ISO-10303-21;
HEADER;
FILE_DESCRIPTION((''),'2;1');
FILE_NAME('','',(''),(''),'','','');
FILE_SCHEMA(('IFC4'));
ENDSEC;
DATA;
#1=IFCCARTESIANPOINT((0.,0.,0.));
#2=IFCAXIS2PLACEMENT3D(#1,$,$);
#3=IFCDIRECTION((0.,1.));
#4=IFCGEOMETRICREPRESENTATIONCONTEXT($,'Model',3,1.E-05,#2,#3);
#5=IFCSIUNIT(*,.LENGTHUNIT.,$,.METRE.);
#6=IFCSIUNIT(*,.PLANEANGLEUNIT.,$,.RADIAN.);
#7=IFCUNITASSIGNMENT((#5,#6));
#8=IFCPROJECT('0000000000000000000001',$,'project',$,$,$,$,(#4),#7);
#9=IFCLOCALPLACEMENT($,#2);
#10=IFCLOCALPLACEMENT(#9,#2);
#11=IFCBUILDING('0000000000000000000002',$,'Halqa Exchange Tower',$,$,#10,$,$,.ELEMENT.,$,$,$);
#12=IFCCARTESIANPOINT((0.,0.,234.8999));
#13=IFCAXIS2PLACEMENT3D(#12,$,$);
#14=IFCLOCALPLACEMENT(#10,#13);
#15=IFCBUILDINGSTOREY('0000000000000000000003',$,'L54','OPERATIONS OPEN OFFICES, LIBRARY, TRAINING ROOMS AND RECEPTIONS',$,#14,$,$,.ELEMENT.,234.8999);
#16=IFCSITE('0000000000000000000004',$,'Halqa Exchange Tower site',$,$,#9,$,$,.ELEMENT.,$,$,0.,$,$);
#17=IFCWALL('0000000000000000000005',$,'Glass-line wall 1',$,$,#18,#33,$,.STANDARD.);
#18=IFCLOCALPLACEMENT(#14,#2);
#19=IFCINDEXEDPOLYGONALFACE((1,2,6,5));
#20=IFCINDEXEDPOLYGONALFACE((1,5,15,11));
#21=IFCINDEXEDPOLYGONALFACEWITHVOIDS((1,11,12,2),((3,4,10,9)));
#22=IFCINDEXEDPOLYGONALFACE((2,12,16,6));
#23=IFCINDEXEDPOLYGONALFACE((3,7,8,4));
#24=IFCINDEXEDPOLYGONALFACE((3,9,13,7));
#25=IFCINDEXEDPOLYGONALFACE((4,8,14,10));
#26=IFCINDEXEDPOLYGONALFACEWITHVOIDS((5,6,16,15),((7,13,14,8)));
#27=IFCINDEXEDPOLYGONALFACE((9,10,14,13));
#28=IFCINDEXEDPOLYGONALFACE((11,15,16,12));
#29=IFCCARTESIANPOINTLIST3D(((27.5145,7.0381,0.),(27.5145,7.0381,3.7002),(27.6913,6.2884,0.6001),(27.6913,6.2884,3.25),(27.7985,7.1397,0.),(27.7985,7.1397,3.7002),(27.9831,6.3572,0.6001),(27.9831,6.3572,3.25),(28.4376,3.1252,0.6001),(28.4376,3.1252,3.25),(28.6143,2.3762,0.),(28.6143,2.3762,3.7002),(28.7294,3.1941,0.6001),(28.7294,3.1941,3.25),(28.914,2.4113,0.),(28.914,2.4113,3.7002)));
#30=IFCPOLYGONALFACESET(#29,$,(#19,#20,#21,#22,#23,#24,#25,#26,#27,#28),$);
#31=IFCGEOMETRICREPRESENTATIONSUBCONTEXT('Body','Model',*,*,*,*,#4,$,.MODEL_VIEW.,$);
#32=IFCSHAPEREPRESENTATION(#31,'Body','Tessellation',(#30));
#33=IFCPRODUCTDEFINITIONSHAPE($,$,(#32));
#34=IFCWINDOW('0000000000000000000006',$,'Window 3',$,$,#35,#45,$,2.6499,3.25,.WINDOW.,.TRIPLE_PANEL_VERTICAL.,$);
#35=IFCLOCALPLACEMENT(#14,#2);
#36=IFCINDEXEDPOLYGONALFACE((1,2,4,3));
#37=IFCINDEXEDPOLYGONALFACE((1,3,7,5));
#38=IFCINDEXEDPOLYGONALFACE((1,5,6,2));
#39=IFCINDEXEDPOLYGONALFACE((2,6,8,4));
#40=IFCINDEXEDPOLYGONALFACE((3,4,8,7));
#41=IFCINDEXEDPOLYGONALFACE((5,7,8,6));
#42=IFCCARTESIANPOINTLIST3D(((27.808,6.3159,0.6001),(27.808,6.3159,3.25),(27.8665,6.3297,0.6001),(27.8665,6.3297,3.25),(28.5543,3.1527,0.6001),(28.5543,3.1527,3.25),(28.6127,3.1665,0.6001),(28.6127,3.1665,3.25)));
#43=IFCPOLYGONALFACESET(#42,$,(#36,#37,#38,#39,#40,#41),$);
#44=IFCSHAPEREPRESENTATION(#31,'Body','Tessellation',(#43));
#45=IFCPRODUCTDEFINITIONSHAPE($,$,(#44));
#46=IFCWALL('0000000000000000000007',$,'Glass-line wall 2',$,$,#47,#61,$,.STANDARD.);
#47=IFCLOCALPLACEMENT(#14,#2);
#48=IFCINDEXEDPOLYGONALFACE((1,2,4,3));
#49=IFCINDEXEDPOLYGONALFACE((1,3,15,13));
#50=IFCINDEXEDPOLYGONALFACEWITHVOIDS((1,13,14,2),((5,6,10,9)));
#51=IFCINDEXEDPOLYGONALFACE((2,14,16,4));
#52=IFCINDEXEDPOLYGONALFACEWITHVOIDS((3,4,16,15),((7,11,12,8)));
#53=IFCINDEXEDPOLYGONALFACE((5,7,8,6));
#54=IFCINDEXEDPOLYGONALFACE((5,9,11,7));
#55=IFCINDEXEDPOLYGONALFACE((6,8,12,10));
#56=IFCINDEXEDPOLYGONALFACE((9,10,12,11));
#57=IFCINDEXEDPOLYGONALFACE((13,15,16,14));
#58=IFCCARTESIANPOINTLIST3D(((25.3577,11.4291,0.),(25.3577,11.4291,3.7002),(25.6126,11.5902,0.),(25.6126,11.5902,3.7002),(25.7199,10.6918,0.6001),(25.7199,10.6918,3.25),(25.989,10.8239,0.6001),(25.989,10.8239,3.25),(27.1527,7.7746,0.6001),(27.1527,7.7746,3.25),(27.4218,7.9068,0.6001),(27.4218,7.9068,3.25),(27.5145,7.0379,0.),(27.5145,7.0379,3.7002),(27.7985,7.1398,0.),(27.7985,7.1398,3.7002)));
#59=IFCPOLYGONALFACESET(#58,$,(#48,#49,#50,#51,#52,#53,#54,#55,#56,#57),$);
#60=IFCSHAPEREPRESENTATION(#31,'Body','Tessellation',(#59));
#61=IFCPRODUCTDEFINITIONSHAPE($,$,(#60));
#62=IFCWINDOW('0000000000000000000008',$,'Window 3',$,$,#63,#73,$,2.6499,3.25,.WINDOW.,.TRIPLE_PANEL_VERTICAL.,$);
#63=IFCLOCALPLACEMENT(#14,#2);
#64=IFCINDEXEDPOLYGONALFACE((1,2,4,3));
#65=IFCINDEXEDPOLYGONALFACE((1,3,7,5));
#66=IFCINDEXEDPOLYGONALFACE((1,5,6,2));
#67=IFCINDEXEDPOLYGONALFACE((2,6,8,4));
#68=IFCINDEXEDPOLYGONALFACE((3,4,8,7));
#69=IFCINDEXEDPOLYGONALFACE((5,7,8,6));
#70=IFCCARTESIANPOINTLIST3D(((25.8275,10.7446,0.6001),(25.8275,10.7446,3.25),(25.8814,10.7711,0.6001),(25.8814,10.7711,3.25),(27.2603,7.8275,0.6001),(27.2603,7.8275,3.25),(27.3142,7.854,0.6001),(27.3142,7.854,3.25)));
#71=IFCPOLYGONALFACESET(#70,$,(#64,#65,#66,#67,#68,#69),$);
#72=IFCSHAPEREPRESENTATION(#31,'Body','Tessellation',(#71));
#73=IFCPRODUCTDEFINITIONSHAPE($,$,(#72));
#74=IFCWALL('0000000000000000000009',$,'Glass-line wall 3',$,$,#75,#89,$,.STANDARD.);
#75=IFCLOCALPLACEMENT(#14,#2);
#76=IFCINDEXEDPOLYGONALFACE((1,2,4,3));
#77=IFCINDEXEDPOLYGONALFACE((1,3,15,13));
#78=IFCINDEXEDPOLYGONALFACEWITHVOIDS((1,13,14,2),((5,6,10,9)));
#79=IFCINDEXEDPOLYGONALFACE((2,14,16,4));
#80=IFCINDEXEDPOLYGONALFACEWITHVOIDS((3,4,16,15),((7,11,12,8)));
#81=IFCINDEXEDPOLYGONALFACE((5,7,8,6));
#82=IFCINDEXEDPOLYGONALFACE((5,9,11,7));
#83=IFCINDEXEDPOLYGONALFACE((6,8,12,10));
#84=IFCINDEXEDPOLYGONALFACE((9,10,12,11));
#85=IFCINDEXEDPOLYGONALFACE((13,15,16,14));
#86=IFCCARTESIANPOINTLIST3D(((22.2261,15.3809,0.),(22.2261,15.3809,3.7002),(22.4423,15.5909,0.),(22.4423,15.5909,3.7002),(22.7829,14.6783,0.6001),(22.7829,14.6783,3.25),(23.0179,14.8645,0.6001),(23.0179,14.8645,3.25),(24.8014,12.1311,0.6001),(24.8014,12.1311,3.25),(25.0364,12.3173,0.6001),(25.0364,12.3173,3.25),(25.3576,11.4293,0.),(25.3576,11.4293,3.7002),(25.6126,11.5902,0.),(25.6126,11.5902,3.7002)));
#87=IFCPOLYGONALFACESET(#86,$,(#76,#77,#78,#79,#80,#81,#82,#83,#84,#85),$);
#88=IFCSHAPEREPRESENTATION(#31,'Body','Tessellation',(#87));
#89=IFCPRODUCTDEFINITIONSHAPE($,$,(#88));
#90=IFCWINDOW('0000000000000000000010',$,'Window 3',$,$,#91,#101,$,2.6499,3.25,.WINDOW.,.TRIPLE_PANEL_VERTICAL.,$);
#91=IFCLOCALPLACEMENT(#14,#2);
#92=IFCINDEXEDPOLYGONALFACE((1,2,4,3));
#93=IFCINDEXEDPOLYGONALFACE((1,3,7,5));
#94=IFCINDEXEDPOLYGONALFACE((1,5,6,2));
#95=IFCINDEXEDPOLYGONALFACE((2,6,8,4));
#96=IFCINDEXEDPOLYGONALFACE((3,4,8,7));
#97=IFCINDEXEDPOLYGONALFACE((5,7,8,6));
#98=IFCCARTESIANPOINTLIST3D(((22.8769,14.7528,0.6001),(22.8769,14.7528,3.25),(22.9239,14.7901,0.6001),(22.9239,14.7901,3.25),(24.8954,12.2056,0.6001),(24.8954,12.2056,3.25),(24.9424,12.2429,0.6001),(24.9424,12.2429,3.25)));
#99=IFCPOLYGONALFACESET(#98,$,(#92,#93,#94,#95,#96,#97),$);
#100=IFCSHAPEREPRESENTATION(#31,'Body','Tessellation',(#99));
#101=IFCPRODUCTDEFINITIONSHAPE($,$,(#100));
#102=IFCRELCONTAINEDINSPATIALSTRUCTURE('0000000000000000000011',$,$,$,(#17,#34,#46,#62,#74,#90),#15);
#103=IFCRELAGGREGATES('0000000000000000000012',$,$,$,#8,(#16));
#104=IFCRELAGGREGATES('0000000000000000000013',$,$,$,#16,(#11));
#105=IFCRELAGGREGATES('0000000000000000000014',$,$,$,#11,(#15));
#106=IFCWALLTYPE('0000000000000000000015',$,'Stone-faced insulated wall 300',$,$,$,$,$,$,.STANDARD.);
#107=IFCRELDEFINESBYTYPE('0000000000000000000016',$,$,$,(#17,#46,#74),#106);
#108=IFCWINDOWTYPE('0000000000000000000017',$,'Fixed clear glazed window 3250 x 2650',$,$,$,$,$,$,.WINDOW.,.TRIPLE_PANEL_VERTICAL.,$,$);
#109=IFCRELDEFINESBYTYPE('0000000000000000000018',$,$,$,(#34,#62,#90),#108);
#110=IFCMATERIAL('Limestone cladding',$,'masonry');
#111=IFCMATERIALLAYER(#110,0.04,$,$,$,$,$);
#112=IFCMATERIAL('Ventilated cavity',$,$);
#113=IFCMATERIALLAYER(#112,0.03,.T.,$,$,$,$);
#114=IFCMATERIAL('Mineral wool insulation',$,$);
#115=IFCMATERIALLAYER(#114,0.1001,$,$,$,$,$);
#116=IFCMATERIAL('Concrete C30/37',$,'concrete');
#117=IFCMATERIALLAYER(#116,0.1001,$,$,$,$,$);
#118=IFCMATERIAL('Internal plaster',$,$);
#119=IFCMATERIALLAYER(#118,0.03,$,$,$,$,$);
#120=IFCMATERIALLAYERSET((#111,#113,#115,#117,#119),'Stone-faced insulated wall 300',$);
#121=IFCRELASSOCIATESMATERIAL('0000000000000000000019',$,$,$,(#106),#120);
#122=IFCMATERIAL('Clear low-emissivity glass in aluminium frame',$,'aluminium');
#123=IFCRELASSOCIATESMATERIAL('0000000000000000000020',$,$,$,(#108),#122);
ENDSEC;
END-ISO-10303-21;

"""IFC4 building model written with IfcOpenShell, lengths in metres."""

from ifc_helpers import new_model, si_unit, direction, frame, frame_2d, origin, place, context, subcontext, project, spatial, polyline, rectangle, outline, extrude, material, layer, layer_set, type_object, element, fill, save


model = new_model("IFC4")

# Units and contexts
model_context = context("Model", 3, precision=1e-05, world=origin(), true_north=direction((0.0, 1.0)))
body_context = subcontext(model_context, "Body", "Model", "MODEL_VIEW")
ifc_project = project(units=[si_unit("LENGTHUNIT", "METRE"), si_unit("PLANEANGLEUNIT", "RADIAN")], contexts=[model_context])

# Site, building, storey
site_placement = place(None, origin())
site = spatial("IfcSite", under=ifc_project, at=site_placement, Name="Halqa Exchange Tower site", CompositionType="ELEMENT", RefElevation=0.0)
building_placement = place(site_placement, origin())
building = spatial("IfcBuilding", under=site, at=building_placement, Name="Halqa Exchange Tower", CompositionType="ELEMENT")
storey_placement = place(building_placement, frame((0.0, 0.0, 234.8999)))
storey = spatial("IfcBuildingStorey", under=building, at=storey_placement, Name="L54", Description="OPERATIONS OPEN OFFICES, LIBRARY, TRAINING ROOMS AND RECEPTIONS", CompositionType="ELEMENT", Elevation=234.8999)

# Walls, openings, windows
ifc_material_1 = material(Name="Limestone cladding", Category="masonry")
ifc_layer_1 = layer(ifc_material_1, 0.04)
ifc_material_2 = material(Name="Ventilated cavity")
ifc_layer_2 = layer(ifc_material_2, 0.03, ventilated=True)
ifc_material_3 = material(Name="Mineral wool insulation")
ifc_layer_3 = layer(ifc_material_3, 0.1001)
ifc_material_4 = material(Name="Concrete C30/37", Category="concrete")
ifc_layer_4 = layer(ifc_material_4, 0.1001)
ifc_material_5 = material(Name="Internal plaster")
ifc_layer_5 = layer(ifc_material_5, 0.03)
ifc_layer_set_1 = layer_set([ifc_layer_1, ifc_layer_2, ifc_layer_3, ifc_layer_4, ifc_layer_5], Name="Stone-faced insulated wall 300")
wall_type_1 = type_object("IfcWallType", Name="Stone-faced insulated wall 300", PredefinedType="STANDARD", material=ifc_layer_set_1)
wall_1_placement = place(storey_placement, frame((28.7642, 2.3938, 0.0), z_axis=(0.0, 0.0, 1.0), x_axis=(-0.229618, 0.973281, 0.0)))
wall_1 = element("IfcWall", 1, at=wall_1_placement, inside=storey, type_object=wall_type_1, Name="Glass-line wall 1", PredefinedType="STANDARD", context=body_context, shape_type="SweptSolid", body=[
    extrude(outline(polyline([(-0.0173, -0.1499), (4.8408, -0.1499), (4.8071, 0.1499), (0.0173, 0.1499), (-0.0173, -0.1499)])), origin(), (0.0, 0.0, 1.0), 3.7002),
])
opening_1_placement = place(wall_1_placement, frame((0.7869, 0.0, 0.6001)))
opening_1 = element("IfcOpeningElement", 2, at=opening_1_placement, cuts=wall_1, PredefinedType="OPENING", context=body_context, shape_type="SweptSolid", body=[
    extrude(rectangle(XDim=3.25, YDim=2.6499, at=frame_2d((1.625, 1.325))), frame((0.0, 0.1621, 0.0), z_axis=(0.0, -1.0, 0.0), x_axis=(1.0, 0.0, 0.0)), (0.0, 0.0, 1.0), 0.324),
])
ifc_material_6 = material(Name="Clear low-emissivity glass in aluminium frame", Category="aluminium")
window_type = type_object("IfcWindowType", Name="Fixed clear glazed window 3250 x 2650", PartitioningType="TRIPLE_PANEL_VERTICAL", PredefinedType="WINDOW", material=ifc_material_6)
window_1_placement = place(opening_1_placement, origin())
window_1 = element("IfcWindow", 3, at=window_1_placement, inside=storey, type_object=window_type, Name="Window 3", OverallHeight=2.6499, OverallWidth=3.25, PartitioningType="TRIPLE_PANEL_VERTICAL", PredefinedType="WINDOW", context=body_context, shape_type="SweptSolid", body=[
    extrude(rectangle(XDim=3.25, YDim=2.6499, at=frame_2d((1.625, 1.325))), frame((0.0, 0.03, 0.0), z_axis=(0.0, -1.0, 0.0), x_axis=(1.0, 0.0, 0.0)), (0.0, 0.0, 1.0), 0.0601),
])
fill(opening_1, window_1)
wall_2_placement = place(storey_placement, frame((27.6565, 7.0889, 0.0), z_axis=(0.0, 0.0, 1.0), x_axis=(-0.440858, 0.897577, 0.0)))
wall_2 = element("IfcWall", 4, at=wall_2_placement, inside=storey, type_object=wall_type_1, Name="Glass-line wall 2", PredefinedType="STANDARD", context=body_context, shape_type="SweptSolid", body=[
    extrude(outline(polyline([(-0.0168, -0.1499), (4.9414, -0.1499), (4.9092, 0.1499), (0.0168, 0.1499), (-0.0168, -0.1499)])), origin(), (0.0, 0.0, 1.0), 3.7002),
])
opening_2_placement = place(wall_2_placement, frame((0.8376, 0.0, 0.6001)))
opening_2 = element("IfcOpeningElement", 5, at=opening_2_placement, cuts=wall_2, PredefinedType="OPENING", context=body_context, shape_type="SweptSolid", body=[
    extrude(rectangle(XDim=3.25, YDim=2.6499, at=frame_2d((1.625, 1.325))), frame((0.0, 0.1621, 0.0), z_axis=(0.0, -1.0, 0.0), x_axis=(1.0, 0.0, 0.0)), (0.0, 0.0, 1.0), 0.324),
])
window_2_placement = place(opening_2_placement, origin())
window_2 = element("IfcWindow", 6, at=window_2_placement, inside=storey, type_object=window_type, Name="Window 3", OverallHeight=2.6499, OverallWidth=3.25, PartitioningType="TRIPLE_PANEL_VERTICAL", PredefinedType="WINDOW", context=body_context, shape_type="SweptSolid", body=[
    extrude(rectangle(XDim=3.25, YDim=2.6499, at=frame_2d((1.625, 1.325))), frame((0.0, 0.03, 0.0), z_axis=(0.0, -1.0, 0.0), x_axis=(1.0, 0.0, 0.0)), (0.0, 0.0, 1.0), 0.0601),
])
fill(opening_2, window_2)
wall_3_placement = place(storey_placement, frame((25.4851, 11.5098, 0.0), z_axis=(0.0, 0.0, 1.0), x_axis=(-0.621085, 0.783743, 0.0)))
wall_3 = element("IfcWall", 7, at=wall_3_placement, inside=storey, type_object=wall_type_1, Name="Glass-line wall 3", PredefinedType="STANDARD", context=body_context, shape_type="SweptSolid", body=[
    extrude(outline(polyline([(-0.0161, -0.1499), (5.0884, -0.1499), (5.0581, 0.1499), (0.0161, 0.1499), (-0.0161, -0.1499)])), origin(), (0.0, 0.0, 1.0), 3.7002),
])
opening_3_placement = place(wall_3_placement, frame((0.9116, 0.0, 0.6001)))
opening_3 = element("IfcOpeningElement", 8, at=opening_3_placement, cuts=wall_3, PredefinedType="OPENING", context=body_context, shape_type="SweptSolid", body=[
    extrude(rectangle(XDim=3.25, YDim=2.6499, at=frame_2d((1.625, 1.325))), frame((0.0, 0.1621, 0.0), z_axis=(0.0, -1.0, 0.0), x_axis=(1.0, 0.0, 0.0)), (0.0, 0.0, 1.0), 0.324),
])
window_3_placement = place(opening_3_placement, origin())
window_3 = element("IfcWindow", 9, at=window_3_placement, inside=storey, type_object=window_type, Name="Window 3", OverallHeight=2.6499, OverallWidth=3.25, PartitioningType="TRIPLE_PANEL_VERTICAL", PredefinedType="WINDOW", context=body_context, shape_type="SweptSolid", body=[
    extrude(rectangle(XDim=3.25, YDim=2.6499, at=frame_2d((1.625, 1.325))), frame((0.0, 0.03, 0.0), z_axis=(0.0, -1.0, 0.0), x_axis=(1.0, 0.0, 0.0)), (0.0, 0.0, 1.0), 0.0601),
])
fill(opening_3, window_3)

save(model, "model.ifc")
